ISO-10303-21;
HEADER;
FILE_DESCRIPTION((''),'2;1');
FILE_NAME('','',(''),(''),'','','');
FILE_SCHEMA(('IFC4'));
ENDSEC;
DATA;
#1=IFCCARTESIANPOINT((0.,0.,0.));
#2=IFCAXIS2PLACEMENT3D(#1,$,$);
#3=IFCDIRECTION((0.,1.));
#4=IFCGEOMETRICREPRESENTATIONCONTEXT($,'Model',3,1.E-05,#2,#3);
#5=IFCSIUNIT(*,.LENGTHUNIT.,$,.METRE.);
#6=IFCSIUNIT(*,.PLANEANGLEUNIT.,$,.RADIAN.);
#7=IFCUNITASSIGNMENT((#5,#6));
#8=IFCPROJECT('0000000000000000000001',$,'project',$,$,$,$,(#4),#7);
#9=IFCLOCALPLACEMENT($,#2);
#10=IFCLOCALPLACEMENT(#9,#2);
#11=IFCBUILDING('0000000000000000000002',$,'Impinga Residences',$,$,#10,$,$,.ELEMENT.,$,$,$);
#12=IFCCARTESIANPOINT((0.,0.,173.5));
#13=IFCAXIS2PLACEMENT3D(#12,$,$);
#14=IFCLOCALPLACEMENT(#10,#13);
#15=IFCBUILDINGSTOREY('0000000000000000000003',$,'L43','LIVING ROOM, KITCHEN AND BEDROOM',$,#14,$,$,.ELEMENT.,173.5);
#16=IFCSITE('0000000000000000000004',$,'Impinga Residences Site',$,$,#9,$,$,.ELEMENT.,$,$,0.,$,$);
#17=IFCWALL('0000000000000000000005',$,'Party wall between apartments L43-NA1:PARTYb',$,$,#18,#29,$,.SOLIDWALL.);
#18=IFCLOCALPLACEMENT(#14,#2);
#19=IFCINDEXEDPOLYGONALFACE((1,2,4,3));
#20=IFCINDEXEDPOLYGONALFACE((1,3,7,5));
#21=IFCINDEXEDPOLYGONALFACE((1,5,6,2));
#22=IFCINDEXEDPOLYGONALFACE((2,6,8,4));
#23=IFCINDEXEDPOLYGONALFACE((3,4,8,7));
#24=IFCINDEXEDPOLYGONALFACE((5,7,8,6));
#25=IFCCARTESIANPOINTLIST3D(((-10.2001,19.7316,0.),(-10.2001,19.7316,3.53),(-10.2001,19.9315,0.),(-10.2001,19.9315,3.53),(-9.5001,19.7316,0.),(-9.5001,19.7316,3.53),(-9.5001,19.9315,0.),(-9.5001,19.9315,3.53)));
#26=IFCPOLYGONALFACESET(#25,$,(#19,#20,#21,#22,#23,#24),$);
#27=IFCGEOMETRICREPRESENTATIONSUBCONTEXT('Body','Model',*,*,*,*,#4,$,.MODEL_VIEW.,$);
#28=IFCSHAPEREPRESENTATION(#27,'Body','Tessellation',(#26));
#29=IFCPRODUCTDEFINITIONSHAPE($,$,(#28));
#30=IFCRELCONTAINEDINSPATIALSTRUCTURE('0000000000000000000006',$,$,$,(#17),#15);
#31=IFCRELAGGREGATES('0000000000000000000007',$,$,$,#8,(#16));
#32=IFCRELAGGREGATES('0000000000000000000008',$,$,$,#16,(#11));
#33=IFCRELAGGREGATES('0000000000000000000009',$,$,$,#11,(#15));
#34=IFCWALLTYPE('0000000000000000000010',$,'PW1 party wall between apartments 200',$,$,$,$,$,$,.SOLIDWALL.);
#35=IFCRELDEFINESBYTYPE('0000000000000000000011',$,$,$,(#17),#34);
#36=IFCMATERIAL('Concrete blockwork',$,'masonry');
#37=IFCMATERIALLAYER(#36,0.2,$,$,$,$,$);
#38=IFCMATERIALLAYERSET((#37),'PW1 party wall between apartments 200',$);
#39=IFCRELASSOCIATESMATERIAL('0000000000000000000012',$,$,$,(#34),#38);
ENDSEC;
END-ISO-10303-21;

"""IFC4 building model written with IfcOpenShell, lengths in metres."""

from ifc_helpers import new_model, si_unit, direction, frame, frame_2d, origin, place, context, subcontext, project, spatial, rectangle, extrude, material, layer, layer_set, type_object, element, save


model = new_model("IFC4")

# Units and contexts
model_context = context("Model", 3, precision=1e-05, world=origin(), true_north=direction((0.0, 1.0)))
body_context = subcontext(model_context, "Body", "Model", "MODEL_VIEW")
ifc_project = project(units=[si_unit("LENGTHUNIT", "METRE"), si_unit("PLANEANGLEUNIT", "RADIAN")], contexts=[model_context])

# Site, building, storey
site_placement = place(None, origin())
site = spatial("IfcSite", under=ifc_project, at=site_placement, Name="Impinga Residences Site", CompositionType="ELEMENT", RefElevation=0.0)
building_placement = place(site_placement, origin())
building = spatial("IfcBuilding", under=site, at=building_placement, Name="Impinga Residences", CompositionType="ELEMENT")
storey_placement = place(building_placement, frame((0.0, 0.0, 173.5)))
storey = spatial("IfcBuildingStorey", under=building, at=storey_placement, Name="L43", Description="LIVING ROOM, KITCHEN AND BEDROOM", CompositionType="ELEMENT", Elevation=173.5)

# Shared definitions
ifc_material_1 = material(Name="Concrete blockwork", Category="masonry")

# Wall
ifc_layer_1 = layer(ifc_material_1, 0.2)
ifc_layer_set_1 = layer_set([ifc_layer_1], Name="PW1 party wall between apartments 200")
wall_type_1 = type_object("IfcWallType", Name="PW1 party wall between apartments 200", PredefinedType="SOLIDWALL", material=ifc_layer_set_1)
wall_1_placement = place(storey_placement, frame((-9.5, 19.8315, 0.0), z_axis=(0.0, 0.0, 1.0), x_axis=(-1.0, 0.0, 0.0)))
element("IfcWall", 1, at=wall_1_placement, inside=storey, type_object=wall_type_1, Name="Party wall between apartments L43-NA1:PARTYb", PredefinedType="SOLIDWALL", context=body_context, shape_type="SweptSolid", body=[
    extrude(rectangle(XDim=0.7, YDim=0.2, at=frame_2d((0.3501, 0.0))), origin(), (0.0, 0.0, 1.0), 3.53),
])

save(model, "model.ifc")
